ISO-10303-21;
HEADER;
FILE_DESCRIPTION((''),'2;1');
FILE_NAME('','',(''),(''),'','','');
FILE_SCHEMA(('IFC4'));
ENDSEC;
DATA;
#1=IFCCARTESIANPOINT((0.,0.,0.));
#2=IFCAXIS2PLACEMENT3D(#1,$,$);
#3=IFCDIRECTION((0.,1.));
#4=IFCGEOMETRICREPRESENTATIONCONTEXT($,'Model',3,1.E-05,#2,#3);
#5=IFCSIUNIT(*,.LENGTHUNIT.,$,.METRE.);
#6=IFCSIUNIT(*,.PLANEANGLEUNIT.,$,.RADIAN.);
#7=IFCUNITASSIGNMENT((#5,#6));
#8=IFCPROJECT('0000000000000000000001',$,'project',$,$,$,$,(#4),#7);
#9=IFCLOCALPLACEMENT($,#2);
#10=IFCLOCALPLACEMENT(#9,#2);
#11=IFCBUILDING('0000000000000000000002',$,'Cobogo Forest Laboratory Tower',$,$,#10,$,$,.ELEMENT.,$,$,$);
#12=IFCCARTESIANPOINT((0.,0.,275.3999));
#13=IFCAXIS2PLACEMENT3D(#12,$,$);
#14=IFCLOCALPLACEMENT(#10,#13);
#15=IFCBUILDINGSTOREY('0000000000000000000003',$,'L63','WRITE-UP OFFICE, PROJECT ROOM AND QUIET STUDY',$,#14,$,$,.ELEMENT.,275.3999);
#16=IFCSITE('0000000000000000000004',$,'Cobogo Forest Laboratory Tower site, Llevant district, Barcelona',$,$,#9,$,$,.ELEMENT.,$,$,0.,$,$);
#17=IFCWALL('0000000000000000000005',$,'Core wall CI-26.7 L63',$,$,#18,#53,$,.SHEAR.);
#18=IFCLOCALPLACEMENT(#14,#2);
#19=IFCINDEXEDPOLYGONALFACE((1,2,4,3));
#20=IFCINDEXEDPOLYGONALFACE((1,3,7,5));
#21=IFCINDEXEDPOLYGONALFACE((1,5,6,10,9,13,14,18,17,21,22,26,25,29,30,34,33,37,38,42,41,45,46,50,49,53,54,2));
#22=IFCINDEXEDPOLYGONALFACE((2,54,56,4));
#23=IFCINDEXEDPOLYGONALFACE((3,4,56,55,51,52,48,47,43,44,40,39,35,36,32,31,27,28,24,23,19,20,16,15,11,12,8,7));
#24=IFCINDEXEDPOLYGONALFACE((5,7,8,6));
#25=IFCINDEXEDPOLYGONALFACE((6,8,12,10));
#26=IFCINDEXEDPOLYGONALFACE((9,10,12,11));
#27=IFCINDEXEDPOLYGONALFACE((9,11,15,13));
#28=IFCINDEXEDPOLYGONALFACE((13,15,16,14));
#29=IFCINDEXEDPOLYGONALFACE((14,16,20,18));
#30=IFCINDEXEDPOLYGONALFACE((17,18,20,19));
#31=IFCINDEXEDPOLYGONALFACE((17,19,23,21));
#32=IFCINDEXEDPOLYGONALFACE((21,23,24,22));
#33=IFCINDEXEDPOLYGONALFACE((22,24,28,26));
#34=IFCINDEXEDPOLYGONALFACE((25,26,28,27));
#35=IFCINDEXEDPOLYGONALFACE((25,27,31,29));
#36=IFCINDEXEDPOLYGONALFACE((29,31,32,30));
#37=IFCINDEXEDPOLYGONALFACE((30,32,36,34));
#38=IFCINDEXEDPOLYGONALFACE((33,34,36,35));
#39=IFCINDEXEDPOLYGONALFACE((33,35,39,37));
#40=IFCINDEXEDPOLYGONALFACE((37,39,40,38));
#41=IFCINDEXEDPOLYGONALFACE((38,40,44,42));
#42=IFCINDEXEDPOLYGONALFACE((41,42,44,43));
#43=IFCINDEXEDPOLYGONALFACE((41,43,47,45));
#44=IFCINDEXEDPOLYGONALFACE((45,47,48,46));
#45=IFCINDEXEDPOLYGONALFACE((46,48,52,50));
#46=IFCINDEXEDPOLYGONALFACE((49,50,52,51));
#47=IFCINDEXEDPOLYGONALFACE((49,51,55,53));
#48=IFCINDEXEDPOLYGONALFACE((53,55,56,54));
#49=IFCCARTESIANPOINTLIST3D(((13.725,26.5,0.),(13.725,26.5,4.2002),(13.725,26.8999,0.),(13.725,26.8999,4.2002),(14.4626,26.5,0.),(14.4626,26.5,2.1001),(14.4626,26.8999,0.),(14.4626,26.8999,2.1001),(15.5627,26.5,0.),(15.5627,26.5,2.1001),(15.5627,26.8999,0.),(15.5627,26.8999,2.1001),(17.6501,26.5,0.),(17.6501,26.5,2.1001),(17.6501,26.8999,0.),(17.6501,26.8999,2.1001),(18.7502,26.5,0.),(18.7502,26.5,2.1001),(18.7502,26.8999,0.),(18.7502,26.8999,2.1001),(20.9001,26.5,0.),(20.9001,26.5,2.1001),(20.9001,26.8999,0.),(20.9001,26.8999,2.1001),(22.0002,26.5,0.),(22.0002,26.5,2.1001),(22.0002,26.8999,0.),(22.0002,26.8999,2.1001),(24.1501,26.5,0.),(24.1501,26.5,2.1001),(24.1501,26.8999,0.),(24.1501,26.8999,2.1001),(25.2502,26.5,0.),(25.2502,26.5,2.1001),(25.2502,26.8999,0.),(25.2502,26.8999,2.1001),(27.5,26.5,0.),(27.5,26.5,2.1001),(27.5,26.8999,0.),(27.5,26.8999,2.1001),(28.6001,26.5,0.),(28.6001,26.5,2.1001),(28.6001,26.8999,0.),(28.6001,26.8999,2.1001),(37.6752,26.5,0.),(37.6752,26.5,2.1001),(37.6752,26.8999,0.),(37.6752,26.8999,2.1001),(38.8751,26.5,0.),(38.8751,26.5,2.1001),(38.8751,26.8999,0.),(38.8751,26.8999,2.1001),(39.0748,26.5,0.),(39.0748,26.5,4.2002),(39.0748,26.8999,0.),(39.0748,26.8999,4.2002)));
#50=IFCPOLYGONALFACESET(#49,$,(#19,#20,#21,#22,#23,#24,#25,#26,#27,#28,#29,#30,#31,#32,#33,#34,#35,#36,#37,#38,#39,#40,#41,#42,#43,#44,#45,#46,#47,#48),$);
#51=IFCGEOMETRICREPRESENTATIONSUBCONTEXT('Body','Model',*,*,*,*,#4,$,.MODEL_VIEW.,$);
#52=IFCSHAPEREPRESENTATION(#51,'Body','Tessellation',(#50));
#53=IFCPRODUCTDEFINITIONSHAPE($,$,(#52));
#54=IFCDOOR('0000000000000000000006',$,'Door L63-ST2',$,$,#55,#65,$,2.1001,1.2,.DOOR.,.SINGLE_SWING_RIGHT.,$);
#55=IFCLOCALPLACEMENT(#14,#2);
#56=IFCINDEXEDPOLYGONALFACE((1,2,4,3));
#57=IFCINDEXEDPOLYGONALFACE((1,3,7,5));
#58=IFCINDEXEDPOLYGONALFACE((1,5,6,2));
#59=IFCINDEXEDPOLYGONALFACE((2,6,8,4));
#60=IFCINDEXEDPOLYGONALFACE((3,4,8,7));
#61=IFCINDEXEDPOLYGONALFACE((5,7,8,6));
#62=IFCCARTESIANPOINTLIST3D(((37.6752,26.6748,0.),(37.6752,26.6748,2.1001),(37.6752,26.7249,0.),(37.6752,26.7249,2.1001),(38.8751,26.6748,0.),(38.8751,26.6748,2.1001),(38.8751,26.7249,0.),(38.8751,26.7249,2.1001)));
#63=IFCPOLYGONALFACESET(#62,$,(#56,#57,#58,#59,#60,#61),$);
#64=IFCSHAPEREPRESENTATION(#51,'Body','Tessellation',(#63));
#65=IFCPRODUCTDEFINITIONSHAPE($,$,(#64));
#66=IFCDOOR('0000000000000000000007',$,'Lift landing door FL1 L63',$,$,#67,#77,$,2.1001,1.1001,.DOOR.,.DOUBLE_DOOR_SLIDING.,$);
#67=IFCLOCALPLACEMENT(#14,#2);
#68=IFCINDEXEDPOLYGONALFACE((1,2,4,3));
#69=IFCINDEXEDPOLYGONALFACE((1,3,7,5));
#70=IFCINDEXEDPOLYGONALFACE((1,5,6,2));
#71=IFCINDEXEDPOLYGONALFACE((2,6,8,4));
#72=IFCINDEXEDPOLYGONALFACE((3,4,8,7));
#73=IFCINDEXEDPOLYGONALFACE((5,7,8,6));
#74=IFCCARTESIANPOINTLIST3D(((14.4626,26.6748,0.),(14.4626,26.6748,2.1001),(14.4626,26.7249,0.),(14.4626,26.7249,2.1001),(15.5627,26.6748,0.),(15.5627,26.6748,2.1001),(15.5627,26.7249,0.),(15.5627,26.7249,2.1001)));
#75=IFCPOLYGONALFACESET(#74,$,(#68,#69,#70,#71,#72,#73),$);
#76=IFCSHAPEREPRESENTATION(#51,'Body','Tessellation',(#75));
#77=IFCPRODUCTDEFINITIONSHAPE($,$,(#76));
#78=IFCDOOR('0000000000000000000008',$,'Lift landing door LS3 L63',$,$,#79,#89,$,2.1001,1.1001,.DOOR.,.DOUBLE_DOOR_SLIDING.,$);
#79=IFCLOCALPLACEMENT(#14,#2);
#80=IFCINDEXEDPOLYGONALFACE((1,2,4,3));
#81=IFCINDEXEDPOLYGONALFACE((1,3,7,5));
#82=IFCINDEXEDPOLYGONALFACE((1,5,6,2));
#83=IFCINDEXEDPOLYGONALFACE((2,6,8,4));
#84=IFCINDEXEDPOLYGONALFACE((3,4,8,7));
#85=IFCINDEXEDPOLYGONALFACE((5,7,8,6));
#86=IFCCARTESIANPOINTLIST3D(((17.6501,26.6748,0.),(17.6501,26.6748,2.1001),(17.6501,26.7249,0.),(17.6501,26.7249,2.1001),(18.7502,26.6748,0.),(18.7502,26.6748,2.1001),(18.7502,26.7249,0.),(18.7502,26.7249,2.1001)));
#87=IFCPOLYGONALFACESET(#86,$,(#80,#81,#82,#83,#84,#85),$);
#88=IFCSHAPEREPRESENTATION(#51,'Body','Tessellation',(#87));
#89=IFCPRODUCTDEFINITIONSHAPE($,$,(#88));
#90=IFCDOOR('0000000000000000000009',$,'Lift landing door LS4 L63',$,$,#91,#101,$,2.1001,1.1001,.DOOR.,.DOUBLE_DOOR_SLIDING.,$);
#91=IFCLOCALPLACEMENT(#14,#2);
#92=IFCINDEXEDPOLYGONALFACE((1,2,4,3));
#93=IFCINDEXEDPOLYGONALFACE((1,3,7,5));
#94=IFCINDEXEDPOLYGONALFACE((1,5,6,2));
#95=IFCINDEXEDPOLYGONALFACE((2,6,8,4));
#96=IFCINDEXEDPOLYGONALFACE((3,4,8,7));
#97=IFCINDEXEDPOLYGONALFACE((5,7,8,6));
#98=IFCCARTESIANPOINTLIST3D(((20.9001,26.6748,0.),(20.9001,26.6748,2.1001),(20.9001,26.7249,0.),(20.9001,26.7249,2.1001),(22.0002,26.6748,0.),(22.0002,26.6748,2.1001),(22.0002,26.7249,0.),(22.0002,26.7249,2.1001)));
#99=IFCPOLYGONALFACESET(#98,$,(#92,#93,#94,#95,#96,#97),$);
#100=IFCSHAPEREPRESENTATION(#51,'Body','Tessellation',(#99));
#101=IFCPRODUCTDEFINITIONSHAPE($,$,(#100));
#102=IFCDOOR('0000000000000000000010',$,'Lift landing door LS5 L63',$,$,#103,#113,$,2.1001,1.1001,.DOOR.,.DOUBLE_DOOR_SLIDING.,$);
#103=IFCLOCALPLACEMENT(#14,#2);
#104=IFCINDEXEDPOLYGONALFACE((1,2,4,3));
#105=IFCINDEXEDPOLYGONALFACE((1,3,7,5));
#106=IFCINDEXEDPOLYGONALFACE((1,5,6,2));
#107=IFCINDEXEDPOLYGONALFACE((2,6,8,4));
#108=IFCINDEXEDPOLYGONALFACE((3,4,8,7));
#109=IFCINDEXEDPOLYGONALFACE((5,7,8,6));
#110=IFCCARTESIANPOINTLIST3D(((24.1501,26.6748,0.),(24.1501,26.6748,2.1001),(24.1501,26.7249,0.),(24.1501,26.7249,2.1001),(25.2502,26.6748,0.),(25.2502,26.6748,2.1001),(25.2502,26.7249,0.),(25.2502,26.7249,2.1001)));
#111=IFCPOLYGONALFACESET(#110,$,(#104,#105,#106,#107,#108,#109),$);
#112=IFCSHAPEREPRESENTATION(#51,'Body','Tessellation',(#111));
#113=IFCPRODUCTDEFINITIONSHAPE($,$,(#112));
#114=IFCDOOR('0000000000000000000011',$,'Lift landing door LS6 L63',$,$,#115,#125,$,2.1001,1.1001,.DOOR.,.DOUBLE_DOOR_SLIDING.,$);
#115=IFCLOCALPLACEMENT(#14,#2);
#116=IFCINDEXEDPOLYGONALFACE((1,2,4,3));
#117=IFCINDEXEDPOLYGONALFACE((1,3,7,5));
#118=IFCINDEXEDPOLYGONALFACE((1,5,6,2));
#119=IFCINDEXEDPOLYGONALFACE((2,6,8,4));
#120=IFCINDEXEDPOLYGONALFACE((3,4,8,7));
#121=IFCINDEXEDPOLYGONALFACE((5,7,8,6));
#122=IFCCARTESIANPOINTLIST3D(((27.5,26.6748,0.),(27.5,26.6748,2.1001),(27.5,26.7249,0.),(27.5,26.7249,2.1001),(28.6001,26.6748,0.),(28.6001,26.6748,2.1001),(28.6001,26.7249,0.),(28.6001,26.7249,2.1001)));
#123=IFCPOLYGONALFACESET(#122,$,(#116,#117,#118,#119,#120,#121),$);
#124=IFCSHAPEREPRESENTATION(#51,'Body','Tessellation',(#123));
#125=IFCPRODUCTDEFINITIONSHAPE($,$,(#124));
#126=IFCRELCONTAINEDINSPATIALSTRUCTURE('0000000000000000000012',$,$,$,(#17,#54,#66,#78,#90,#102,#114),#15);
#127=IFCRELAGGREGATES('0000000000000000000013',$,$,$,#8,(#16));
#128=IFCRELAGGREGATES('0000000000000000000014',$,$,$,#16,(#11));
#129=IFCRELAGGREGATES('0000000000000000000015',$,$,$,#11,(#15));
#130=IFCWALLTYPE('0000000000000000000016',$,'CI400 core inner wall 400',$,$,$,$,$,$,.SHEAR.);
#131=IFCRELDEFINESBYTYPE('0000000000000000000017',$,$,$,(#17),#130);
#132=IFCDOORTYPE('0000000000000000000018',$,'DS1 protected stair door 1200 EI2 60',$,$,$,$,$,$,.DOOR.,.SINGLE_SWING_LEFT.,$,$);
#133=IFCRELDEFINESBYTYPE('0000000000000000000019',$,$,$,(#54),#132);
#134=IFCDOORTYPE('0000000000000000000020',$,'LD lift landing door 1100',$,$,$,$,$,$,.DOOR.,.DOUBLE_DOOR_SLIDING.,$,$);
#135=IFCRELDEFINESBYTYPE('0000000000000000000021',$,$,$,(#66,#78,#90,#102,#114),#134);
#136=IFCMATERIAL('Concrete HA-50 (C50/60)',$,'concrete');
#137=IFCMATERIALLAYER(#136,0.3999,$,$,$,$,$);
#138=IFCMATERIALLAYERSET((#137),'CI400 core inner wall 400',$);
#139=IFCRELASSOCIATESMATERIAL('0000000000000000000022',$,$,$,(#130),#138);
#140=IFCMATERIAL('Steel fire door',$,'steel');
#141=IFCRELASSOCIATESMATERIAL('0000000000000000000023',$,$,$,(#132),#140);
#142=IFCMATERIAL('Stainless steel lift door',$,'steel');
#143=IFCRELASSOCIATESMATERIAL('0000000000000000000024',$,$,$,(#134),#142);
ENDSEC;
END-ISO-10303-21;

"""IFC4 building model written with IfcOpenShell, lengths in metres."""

from ifc_helpers import new_model, si_unit, direction, frame, frame_2d, origin, place, context, subcontext, project, spatial, rectangle, extrude, material, layer, layer_set, type_object, element, fill, save


model = new_model("IFC4")

# Units and contexts
model_context = context("Model", 3, precision=1e-05, world=origin(), true_north=direction((0.0, 1.0)))
body_context = subcontext(model_context, "Body", "Model", "MODEL_VIEW")
ifc_project = project(units=[si_unit("LENGTHUNIT", "METRE"), si_unit("PLANEANGLEUNIT", "RADIAN")], contexts=[model_context])

# Site, building, storey
site_placement = place(None, origin())
site = spatial("IfcSite", under=ifc_project, at=site_placement, Name="Cobogo Forest Laboratory Tower site, Llevant district, Barcelona", CompositionType="ELEMENT", RefElevation=0.0)
building_placement = place(site_placement, origin())
building = spatial("IfcBuilding", under=site, at=building_placement, Name="Cobogo Forest Laboratory Tower", CompositionType="ELEMENT")
storey_placement = place(building_placement, frame((0.0, 0.0, 275.3999)))
storey = spatial("IfcBuildingStorey", under=building, at=storey_placement, Name="L63", Description="WRITE-UP OFFICE, PROJECT ROOM AND QUIET STUDY", CompositionType="ELEMENT", Elevation=275.3999)

# Shared definitions
ifc_material_1 = material(Name="Concrete HA-50 (C50/60)", Category="concrete")

# Shared definitions
ifc_layer_1 = layer(ifc_material_1, 0.3999)
ifc_layer_set_1 = layer_set([ifc_layer_1], Name="CI400 core inner wall 400")
wall_type_1 = type_object("IfcWallType", Name="CI400 core inner wall 400", PredefinedType="SHEAR", material=ifc_layer_set_1)

# Wall, openings, doors
wall_1_placement = place(storey_placement, frame((13.7251, 26.7, 0.0), z_axis=(0.0, 0.0, 1.0), x_axis=(1.0, 0.0, 0.0)))
wall_1 = element("IfcWall", 1, at=wall_1_placement, inside=storey, type_object=wall_type_1, Name="Core wall CI-26.7 L63", PredefinedType="SHEAR", context=body_context, shape_type="SweptSolid", body=[
    extrude(rectangle(XDim=25.3499, YDim=0.3999, at=frame_2d((12.6748, 0.0))), origin(), (0.0, 0.0, 1.0), 4.2002),
])
opening_1_placement = place(wall_1_placement, frame((23.95, 0.0, 0.0)))
opening_1 = element("IfcOpeningElement", 2, at=opening_1_placement, cuts=wall_1, PredefinedType="OPENING", context=body_context, shape_type="SweptSolid", body=[
    extrude(rectangle(XDim=1.2, YDim=2.1001, at=frame_2d((0.6001, 1.05))), frame((0.0, 0.21, 0.0), z_axis=(0.0, -1.0, 0.0), x_axis=(1.0, 0.0, 0.0)), (0.0, 0.0, 1.0), 0.4199),
])
opening_2_placement = place(wall_1_placement, frame((0.7375, 0.0, 0.0)))
opening_2 = element("IfcOpeningElement", 3, at=opening_2_placement, cuts=wall_1, PredefinedType="OPENING", context=body_context, shape_type="SweptSolid", body=[
    extrude(rectangle(XDim=1.1001, YDim=2.1001, at=frame_2d((0.55, 1.05))), frame((0.0, 0.21, 0.0), z_axis=(0.0, -1.0, 0.0), x_axis=(1.0, 0.0, 0.0)), (0.0, 0.0, 1.0), 0.4199),
])
opening_3_placement = place(wall_1_placement, frame((3.925, 0.0, 0.0)))
opening_3 = element("IfcOpeningElement", 4, at=opening_3_placement, cuts=wall_1, PredefinedType="OPENING", context=body_context, shape_type="SweptSolid", body=[
    extrude(rectangle(XDim=1.1001, YDim=2.1001, at=frame_2d((0.55, 1.05))), frame((0.0, 0.21, 0.0), z_axis=(0.0, -1.0, 0.0), x_axis=(1.0, 0.0, 0.0)), (0.0, 0.0, 1.0), 0.4199),
])
opening_4_placement = place(wall_1_placement, frame((7.175, 0.0, 0.0)))
opening_4 = element("IfcOpeningElement", 5, at=opening_4_placement, cuts=wall_1, PredefinedType="OPENING", context=body_context, shape_type="SweptSolid", body=[
    extrude(rectangle(XDim=1.1001, YDim=2.1001, at=frame_2d((0.55, 1.05))), frame((0.0, 0.21, 0.0), z_axis=(0.0, -1.0, 0.0), x_axis=(1.0, 0.0, 0.0)), (0.0, 0.0, 1.0), 0.4199),
])
opening_5_placement = place(wall_1_placement, frame((10.425, 0.0, 0.0)))
opening_5 = element("IfcOpeningElement", 6, at=opening_5_placement, cuts=wall_1, PredefinedType="OPENING", context=body_context, shape_type="SweptSolid", body=[
    extrude(rectangle(XDim=1.1001, YDim=2.1001, at=frame_2d((0.55, 1.05))), frame((0.0, 0.21, 0.0), z_axis=(0.0, -1.0, 0.0), x_axis=(1.0, 0.0, 0.0)), (0.0, 0.0, 1.0), 0.4199),
])
opening_6_placement = place(wall_1_placement, frame((13.7749, 0.0, 0.0)))
opening_6 = element("IfcOpeningElement", 7, at=opening_6_placement, cuts=wall_1, PredefinedType="OPENING", context=body_context, shape_type="SweptSolid", body=[
    extrude(rectangle(XDim=1.1001, YDim=2.1001, at=frame_2d((0.55, 1.05))), frame((0.0, 0.21, 0.0), z_axis=(0.0, -1.0, 0.0), x_axis=(1.0, 0.0, 0.0)), (0.0, 0.0, 1.0), 0.4199),
])
ifc_material_2 = material(Name="Steel fire door", Category="steel")
door_type_1 = type_object("IfcDoorType", Name="DS1 protected stair door 1200 EI2 60", OperationType="SINGLE_SWING_LEFT", PredefinedType="DOOR", material=ifc_material_2)
door_1_placement = place(opening_1_placement, origin())
door_1 = element("IfcDoor", 8, at=door_1_placement, inside=storey, type_object=door_type_1, Name="Door L63-ST2", OperationType="SINGLE_SWING_RIGHT", OverallHeight=2.1001, OverallWidth=1.2, PredefinedType="DOOR", context=body_context, shape_type="SweptSolid", body=[
    extrude(rectangle(XDim=1.2, YDim=2.1001, at=frame_2d((0.6001, 1.05))), frame((0.0, 0.0249, 0.0), z_axis=(0.0, -1.0, 0.0), x_axis=(1.0, 0.0, 0.0)), (0.0, 0.0, 1.0), 0.05),
])
fill(opening_1, door_1)
ifc_material_3 = material(Name="Stainless steel lift door", Category="steel")
door_type_2 = type_object("IfcDoorType", Name="LD lift landing door 1100", OperationType="DOUBLE_DOOR_SLIDING", PredefinedType="DOOR", material=ifc_material_3)
door_2_placement = place(opening_2_placement, origin())
door_2 = element("IfcDoor", 9, at=door_2_placement, inside=storey, type_object=door_type_2, Name="Lift landing door FL1 L63", OperationType="DOUBLE_DOOR_SLIDING", OverallHeight=2.1001, OverallWidth=1.1001, PredefinedType="DOOR", context=body_context, shape_type="SweptSolid", body=[
    extrude(rectangle(XDim=1.1001, YDim=2.1001, at=frame_2d((0.55, 1.05))), frame((0.0, 0.0249, 0.0), z_axis=(0.0, -1.0, 0.0), x_axis=(1.0, 0.0, 0.0)), (0.0, 0.0, 1.0), 0.05),
])
fill(opening_2, door_2)
door_3_placement = place(opening_3_placement, origin())
door_3 = element("IfcDoor", 10, at=door_3_placement, inside=storey, type_object=door_type_2, Name="Lift landing door LS3 L63", OperationType="DOUBLE_DOOR_SLIDING", OverallHeight=2.1001, OverallWidth=1.1001, PredefinedType="DOOR", context=body_context, shape_type="SweptSolid", body=[
    extrude(rectangle(XDim=1.1001, YDim=2.1001, at=frame_2d((0.55, 1.05))), frame((0.0, 0.0249, 0.0), z_axis=(0.0, -1.0, 0.0), x_axis=(1.0, 0.0, 0.0)), (0.0, 0.0, 1.0), 0.05),
])
fill(opening_3, door_3)
door_4_placement = place(opening_4_placement, origin())
door_4 = element("IfcDoor", 11, at=door_4_placement, inside=storey, type_object=door_type_2, Name="Lift landing door LS4 L63", OperationType="DOUBLE_DOOR_SLIDING", OverallHeight=2.1001, OverallWidth=1.1001, PredefinedType="DOOR", context=body_context, shape_type="SweptSolid", body=[
    extrude(rectangle(XDim=1.1001, YDim=2.1001, at=frame_2d((0.55, 1.05))), frame((0.0, 0.0249, 0.0), z_axis=(0.0, -1.0, 0.0), x_axis=(1.0, 0.0, 0.0)), (0.0, 0.0, 1.0), 0.05),
])
fill(opening_4, door_4)
door_5_placement = place(opening_5_placement, origin())
door_5 = element("IfcDoor", 12, at=door_5_placement, inside=storey, type_object=door_type_2, Name="Lift landing door LS5 L63", OperationType="DOUBLE_DOOR_SLIDING", OverallHeight=2.1001, OverallWidth=1.1001, PredefinedType="DOOR", context=body_context, shape_type="SweptSolid", body=[
    extrude(rectangle(XDim=1.1001, YDim=2.1001, at=frame_2d((0.55, 1.05))), frame((0.0, 0.0249, 0.0), z_axis=(0.0, -1.0, 0.0), x_axis=(1.0, 0.0, 0.0)), (0.0, 0.0, 1.0), 0.05),
])
fill(opening_5, door_5)
door_6_placement = place(opening_6_placement, origin())
door_6 = element("IfcDoor", 13, at=door_6_placement, inside=storey, type_object=door_type_2, Name="Lift landing door LS6 L63", OperationType="DOUBLE_DOOR_SLIDING", OverallHeight=2.1001, OverallWidth=1.1001, PredefinedType="DOOR", context=body_context, shape_type="SweptSolid", body=[
    extrude(rectangle(XDim=1.1001, YDim=2.1001, at=frame_2d((0.55, 1.05))), frame((0.0, 0.0249, 0.0), z_axis=(0.0, -1.0, 0.0), x_axis=(1.0, 0.0, 0.0)), (0.0, 0.0, 1.0), 0.05),
])
fill(opening_6, door_6)

save(model, "model.ifc")
